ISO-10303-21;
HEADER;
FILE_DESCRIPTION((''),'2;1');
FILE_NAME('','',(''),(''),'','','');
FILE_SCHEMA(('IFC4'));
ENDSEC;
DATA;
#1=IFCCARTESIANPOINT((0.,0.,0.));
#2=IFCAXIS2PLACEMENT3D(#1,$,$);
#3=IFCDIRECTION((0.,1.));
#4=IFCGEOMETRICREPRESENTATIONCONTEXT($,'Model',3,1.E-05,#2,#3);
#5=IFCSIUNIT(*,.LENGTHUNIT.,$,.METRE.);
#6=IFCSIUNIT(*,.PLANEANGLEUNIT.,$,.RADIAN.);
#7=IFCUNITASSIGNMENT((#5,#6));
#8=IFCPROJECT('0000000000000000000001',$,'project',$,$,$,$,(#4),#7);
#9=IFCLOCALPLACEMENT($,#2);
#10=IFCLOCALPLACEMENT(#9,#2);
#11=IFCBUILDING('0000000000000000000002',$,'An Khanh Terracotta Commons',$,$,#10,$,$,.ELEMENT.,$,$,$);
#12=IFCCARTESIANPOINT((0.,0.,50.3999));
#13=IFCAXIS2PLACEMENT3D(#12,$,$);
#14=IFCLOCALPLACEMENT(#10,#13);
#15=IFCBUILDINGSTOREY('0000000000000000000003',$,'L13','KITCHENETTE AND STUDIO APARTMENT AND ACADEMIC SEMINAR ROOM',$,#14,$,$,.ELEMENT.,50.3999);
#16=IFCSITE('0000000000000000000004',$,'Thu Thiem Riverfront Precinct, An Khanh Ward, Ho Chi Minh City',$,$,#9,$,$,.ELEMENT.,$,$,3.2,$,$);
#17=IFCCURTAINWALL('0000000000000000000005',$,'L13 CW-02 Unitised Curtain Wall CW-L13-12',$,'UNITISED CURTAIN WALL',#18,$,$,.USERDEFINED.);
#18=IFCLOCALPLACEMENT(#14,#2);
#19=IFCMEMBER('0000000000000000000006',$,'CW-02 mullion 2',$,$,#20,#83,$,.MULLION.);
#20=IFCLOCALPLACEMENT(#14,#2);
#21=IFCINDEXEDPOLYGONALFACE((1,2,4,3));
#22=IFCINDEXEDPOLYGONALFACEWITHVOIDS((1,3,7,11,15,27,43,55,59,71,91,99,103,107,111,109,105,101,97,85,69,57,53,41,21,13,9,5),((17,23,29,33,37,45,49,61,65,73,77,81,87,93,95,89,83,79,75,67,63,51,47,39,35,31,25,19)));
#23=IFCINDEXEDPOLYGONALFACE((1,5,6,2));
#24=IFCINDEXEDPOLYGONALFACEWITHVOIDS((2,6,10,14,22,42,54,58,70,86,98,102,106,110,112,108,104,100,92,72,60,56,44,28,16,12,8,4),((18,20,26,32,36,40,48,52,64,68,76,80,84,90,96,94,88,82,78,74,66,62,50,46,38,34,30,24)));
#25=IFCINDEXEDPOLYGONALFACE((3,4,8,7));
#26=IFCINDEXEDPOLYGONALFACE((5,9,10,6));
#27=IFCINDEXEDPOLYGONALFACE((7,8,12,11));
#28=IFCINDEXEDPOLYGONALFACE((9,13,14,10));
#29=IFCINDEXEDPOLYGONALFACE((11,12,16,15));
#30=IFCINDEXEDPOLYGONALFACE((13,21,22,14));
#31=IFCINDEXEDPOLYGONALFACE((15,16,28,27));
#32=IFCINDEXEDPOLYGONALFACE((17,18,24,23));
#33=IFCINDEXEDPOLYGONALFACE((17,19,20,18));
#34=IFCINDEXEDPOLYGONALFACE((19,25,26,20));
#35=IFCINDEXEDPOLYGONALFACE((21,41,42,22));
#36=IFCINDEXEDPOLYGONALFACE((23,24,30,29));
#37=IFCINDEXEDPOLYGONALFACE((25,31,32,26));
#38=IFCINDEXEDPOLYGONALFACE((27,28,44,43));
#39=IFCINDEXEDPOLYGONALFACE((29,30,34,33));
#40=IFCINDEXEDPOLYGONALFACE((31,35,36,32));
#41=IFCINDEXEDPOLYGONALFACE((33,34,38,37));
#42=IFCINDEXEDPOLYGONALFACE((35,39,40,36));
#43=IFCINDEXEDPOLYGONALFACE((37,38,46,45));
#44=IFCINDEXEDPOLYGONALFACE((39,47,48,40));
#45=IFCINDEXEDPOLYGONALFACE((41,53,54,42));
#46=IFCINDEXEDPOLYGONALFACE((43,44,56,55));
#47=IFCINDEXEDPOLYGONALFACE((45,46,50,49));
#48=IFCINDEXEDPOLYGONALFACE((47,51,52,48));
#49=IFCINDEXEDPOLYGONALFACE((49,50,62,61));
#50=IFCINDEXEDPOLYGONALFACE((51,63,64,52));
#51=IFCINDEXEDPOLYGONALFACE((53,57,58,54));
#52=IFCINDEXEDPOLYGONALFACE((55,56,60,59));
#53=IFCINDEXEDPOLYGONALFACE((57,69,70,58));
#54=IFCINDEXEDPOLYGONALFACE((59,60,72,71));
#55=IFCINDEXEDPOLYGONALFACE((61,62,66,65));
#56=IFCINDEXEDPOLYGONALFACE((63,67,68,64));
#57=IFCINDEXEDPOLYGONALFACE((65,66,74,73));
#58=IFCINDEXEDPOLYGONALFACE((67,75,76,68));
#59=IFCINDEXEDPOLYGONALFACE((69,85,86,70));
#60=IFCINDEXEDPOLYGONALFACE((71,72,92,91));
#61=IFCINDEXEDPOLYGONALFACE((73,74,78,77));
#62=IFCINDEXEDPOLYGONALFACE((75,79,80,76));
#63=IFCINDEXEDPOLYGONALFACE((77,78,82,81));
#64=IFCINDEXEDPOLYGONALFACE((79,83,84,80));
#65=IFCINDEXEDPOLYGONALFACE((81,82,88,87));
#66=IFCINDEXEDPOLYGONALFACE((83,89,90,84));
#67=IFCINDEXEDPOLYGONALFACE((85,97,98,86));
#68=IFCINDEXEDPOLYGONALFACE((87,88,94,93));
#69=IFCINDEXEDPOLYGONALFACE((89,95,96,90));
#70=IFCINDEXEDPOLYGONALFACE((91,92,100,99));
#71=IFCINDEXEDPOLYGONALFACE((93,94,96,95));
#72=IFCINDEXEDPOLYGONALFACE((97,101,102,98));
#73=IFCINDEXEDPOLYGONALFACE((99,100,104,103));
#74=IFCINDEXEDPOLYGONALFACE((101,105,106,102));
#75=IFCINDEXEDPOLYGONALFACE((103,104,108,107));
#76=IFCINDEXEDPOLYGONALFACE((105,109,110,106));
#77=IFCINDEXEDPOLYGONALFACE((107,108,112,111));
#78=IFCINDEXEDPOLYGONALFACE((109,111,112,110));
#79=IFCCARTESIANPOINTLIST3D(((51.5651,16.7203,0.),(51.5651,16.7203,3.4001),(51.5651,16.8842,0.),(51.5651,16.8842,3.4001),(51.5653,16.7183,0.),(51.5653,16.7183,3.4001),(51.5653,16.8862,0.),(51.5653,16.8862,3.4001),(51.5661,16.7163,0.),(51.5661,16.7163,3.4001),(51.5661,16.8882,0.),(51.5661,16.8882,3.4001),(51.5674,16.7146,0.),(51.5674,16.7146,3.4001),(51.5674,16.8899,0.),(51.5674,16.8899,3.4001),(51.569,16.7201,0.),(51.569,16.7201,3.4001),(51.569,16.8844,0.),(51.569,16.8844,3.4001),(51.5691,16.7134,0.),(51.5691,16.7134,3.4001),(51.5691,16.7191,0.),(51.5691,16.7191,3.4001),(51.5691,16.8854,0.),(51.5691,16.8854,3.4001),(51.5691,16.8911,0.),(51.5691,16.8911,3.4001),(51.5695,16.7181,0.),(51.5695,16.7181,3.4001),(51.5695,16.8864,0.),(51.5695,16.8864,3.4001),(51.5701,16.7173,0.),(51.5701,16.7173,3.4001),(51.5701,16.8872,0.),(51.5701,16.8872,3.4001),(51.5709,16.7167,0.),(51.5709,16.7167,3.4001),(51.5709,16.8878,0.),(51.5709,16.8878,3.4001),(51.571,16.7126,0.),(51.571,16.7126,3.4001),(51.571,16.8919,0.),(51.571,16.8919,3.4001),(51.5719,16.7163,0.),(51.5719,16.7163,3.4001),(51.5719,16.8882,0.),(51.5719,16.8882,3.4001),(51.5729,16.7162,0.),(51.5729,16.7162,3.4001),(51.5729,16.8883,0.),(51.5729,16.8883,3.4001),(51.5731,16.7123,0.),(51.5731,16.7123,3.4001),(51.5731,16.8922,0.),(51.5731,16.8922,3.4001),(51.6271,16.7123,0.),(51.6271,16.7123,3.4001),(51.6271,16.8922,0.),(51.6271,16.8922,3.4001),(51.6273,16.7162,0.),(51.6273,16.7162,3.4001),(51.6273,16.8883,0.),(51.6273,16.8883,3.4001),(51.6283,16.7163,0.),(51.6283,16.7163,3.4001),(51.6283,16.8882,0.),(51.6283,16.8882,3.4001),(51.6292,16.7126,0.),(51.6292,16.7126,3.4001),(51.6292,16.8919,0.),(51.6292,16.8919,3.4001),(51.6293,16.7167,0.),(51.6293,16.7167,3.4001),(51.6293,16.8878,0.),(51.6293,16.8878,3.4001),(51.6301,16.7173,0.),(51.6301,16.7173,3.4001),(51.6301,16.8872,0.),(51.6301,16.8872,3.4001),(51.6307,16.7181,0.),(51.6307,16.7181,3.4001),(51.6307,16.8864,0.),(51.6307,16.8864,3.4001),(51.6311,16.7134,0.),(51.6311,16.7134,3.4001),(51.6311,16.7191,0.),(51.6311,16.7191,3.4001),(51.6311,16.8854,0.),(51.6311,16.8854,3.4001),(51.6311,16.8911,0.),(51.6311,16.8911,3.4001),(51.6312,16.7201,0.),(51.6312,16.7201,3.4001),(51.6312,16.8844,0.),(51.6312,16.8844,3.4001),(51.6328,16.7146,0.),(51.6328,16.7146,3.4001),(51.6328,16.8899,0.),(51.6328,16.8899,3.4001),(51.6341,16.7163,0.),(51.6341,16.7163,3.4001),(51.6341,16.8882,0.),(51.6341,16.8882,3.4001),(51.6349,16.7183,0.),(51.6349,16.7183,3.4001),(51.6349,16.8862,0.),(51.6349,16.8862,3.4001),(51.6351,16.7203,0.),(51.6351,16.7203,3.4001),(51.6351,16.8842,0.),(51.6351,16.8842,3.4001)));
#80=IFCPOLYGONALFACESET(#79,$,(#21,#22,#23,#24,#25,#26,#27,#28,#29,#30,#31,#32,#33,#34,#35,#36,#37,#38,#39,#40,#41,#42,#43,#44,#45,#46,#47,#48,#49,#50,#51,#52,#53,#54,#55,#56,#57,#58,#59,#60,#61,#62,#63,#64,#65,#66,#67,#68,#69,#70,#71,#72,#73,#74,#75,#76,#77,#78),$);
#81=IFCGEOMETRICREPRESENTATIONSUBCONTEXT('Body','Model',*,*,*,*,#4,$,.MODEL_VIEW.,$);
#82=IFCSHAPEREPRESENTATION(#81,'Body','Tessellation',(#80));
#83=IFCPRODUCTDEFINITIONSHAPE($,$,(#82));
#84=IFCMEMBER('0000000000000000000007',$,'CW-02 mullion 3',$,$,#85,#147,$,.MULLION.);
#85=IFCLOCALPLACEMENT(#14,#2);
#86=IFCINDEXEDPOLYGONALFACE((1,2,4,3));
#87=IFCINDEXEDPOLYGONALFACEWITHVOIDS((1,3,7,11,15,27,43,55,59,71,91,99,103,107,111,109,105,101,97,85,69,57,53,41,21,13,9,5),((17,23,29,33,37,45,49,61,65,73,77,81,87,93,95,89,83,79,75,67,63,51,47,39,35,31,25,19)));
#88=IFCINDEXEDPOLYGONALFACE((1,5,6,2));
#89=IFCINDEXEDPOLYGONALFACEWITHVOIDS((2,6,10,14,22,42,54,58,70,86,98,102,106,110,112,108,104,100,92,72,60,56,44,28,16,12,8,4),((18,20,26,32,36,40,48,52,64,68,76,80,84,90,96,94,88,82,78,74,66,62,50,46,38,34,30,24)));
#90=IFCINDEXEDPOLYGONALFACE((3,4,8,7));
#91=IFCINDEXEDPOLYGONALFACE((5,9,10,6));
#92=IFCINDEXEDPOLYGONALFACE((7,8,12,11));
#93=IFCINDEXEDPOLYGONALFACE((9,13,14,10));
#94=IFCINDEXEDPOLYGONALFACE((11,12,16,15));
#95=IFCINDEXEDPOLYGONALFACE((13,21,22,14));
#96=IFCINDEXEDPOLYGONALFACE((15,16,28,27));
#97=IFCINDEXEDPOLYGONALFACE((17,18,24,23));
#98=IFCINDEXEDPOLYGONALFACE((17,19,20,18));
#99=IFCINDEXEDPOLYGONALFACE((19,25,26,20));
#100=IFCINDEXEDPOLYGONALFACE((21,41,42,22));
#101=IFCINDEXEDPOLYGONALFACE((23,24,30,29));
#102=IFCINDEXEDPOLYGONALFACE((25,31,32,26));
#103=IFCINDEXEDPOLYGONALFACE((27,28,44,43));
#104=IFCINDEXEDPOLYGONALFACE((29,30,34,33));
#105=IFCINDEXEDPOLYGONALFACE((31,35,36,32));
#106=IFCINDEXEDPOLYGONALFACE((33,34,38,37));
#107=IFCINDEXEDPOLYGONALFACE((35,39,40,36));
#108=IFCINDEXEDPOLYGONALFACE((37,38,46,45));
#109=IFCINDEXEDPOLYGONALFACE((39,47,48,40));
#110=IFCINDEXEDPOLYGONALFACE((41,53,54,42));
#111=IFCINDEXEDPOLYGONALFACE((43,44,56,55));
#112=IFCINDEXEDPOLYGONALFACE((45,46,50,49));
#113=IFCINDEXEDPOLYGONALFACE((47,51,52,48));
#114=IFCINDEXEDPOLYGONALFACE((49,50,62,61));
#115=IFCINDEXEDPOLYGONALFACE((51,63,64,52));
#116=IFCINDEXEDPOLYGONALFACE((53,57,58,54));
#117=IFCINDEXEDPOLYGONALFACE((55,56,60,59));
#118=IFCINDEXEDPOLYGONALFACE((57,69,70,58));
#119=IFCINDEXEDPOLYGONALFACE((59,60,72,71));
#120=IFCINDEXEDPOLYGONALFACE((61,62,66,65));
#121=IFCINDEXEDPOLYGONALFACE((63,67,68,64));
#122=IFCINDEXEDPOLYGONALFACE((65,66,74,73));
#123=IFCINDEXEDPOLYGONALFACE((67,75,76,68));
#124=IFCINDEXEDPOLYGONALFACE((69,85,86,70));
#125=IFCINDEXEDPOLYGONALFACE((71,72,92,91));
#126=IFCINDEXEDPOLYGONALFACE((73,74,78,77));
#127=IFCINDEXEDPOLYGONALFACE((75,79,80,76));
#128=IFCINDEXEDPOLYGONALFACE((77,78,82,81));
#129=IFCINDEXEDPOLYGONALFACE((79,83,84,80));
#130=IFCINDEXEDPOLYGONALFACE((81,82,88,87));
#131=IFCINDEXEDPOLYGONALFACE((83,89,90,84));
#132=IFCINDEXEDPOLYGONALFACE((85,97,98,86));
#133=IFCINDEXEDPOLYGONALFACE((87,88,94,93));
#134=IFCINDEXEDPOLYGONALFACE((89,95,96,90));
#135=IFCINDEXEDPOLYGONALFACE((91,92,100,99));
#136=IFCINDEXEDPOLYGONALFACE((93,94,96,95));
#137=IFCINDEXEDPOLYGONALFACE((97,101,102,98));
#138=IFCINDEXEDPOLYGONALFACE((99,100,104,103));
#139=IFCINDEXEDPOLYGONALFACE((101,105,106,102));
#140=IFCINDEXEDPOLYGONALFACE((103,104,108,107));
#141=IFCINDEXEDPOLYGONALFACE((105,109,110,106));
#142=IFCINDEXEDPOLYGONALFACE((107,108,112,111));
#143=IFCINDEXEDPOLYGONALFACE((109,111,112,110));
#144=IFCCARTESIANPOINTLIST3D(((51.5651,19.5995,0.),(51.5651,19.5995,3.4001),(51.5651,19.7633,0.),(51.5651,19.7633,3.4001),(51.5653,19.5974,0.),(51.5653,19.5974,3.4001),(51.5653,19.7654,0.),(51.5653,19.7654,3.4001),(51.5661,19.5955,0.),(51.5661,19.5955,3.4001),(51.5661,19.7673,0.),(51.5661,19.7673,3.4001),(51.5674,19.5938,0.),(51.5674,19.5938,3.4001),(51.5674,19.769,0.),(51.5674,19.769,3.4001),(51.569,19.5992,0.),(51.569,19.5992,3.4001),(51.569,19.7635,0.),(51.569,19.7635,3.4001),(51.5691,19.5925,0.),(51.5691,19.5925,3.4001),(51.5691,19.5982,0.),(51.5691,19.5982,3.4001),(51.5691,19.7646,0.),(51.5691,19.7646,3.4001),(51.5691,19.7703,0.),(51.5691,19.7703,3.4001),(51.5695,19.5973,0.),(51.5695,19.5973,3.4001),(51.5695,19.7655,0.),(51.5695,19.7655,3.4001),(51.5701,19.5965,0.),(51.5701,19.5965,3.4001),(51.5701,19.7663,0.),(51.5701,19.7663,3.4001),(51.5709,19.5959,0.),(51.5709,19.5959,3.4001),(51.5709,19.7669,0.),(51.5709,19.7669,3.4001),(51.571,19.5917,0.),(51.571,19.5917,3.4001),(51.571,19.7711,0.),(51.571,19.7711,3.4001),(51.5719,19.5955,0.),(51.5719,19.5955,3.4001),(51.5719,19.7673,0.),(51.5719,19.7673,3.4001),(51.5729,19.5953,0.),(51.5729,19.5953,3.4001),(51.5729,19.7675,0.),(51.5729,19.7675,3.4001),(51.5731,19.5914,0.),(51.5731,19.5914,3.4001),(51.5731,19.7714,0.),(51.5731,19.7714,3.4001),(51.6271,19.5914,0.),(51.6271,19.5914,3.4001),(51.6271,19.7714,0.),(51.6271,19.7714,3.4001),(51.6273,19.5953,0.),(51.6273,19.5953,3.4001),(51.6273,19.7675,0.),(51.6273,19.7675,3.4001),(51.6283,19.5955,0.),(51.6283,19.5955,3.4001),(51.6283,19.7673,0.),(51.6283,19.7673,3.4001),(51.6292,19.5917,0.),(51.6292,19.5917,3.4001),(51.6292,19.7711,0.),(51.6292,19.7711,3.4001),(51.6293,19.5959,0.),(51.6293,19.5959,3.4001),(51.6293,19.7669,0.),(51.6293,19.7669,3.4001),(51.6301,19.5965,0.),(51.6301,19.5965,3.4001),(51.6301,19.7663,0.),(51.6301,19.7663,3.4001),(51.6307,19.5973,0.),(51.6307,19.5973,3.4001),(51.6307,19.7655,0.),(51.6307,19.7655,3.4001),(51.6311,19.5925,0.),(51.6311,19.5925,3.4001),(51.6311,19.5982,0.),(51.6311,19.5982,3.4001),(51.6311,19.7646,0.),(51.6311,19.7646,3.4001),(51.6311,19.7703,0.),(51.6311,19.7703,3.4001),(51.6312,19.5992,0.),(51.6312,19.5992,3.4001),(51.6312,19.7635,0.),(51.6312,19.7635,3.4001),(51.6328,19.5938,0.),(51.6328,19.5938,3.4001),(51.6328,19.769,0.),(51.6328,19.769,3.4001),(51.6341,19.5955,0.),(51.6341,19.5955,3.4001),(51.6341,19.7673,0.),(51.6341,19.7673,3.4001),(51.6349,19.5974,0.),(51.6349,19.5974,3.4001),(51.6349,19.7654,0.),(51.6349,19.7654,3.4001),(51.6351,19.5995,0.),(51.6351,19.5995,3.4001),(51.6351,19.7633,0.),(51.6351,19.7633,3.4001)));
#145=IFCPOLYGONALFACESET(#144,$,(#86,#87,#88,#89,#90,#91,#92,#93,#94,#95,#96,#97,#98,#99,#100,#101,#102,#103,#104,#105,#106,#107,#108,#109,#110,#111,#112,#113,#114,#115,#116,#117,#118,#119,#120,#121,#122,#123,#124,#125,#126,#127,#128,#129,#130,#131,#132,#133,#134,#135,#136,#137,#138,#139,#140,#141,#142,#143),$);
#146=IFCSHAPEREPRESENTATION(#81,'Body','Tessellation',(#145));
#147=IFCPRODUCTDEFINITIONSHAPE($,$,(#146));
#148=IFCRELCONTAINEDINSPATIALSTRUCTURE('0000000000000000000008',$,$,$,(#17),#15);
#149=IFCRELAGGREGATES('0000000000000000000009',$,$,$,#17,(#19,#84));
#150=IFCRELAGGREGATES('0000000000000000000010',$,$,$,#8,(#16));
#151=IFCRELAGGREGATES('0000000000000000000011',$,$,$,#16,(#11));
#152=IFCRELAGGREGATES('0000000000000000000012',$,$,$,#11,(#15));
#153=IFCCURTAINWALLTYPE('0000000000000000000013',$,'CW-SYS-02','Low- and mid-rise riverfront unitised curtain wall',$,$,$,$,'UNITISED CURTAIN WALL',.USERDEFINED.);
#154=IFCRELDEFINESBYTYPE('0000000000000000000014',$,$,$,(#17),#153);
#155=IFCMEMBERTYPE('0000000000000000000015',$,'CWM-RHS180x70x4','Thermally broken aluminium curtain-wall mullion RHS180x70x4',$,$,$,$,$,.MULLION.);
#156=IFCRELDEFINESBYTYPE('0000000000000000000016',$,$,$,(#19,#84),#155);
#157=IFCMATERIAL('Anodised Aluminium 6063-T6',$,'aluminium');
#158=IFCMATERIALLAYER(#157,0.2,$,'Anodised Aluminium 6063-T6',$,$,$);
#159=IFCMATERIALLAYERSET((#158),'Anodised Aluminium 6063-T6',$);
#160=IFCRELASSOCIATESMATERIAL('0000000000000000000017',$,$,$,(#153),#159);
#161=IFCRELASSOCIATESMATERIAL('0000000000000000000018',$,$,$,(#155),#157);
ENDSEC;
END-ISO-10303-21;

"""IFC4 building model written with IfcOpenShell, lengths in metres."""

from ifc_helpers import new_model, si_unit, direction, frame, origin, origin_2d, place, context, subcontext, project, spatial, hollow_rectangle, extrude, material, layer, layer_set, material_profile, profile_set, type_object, element, aggregate, save


model = new_model("IFC4")

# Units and contexts
model_context = context("Model", 3, precision=1e-05, world=origin(), true_north=direction((0.0, 1.0)))
body_context = subcontext(model_context, "Body", "Model", "MODEL_VIEW")
ifc_project = project(units=[si_unit("LENGTHUNIT", "METRE"), si_unit("PLANEANGLEUNIT", "RADIAN")], contexts=[model_context])

# Site, building, storey
site_placement = place(None, origin())
site = spatial("IfcSite", under=ifc_project, at=site_placement, Name="Thu Thiem Riverfront Precinct, An Khanh Ward, Ho Chi Minh City", CompositionType="ELEMENT", RefElevation=3.2)
building_placement = place(site_placement, origin())
building = spatial("IfcBuilding", under=site, at=building_placement, Name="An Khanh Terracotta Commons", CompositionType="ELEMENT")
storey_placement = place(building_placement, frame((0.0, 0.0, 50.3999)))
storey = spatial("IfcBuildingStorey", under=building, at=storey_placement, Name="L13", Description="KITCHENETTE AND STUDIO APARTMENT AND ACADEMIC SEMINAR ROOM", CompositionType="ELEMENT", Elevation=50.3999)

# Curtain wall, members
ifc_material_1 = material(Name="Anodised Aluminium 6063-T6", Category="aluminium")
ifc_layer_1 = layer(ifc_material_1, 0.2, Name="Anodised Aluminium 6063-T6")
ifc_layer_set_1 = layer_set([ifc_layer_1], Name="Anodised Aluminium 6063-T6")
curtain_wall_type = type_object("IfcCurtainWallType", Name="CW-SYS-02", Description="Low- and mid-rise riverfront unitised curtain wall", ElementType="UNITISED CURTAIN WALL", PredefinedType="USERDEFINED", material=ifc_layer_set_1)
curtain_wall_placement = place(storey_placement, origin())
curtain_wall = element("IfcCurtainWall", 1, at=curtain_wall_placement, inside=storey, type_object=curtain_wall_type, Name="L13 CW-02 Unitised Curtain Wall CW-L13-12", ObjectType="UNITISED CURTAIN WALL", PredefinedType="USERDEFINED")
ifc_material_profile_1 = material_profile(ifc_material_1, hollow_rectangle(XDim=0.0701, YDim=0.1799, WallThickness=0.0039, InnerFilletRadius=0.0039, OuterFilletRadius=0.0081, at=origin_2d()), Name="RHS180x70x4")
ifc_profile_set_1 = profile_set([ifc_material_profile_1], Name="Anodised Aluminium 6063-T6")
member_type_1 = type_object("IfcMemberType", Name="CWM-RHS180x70x4", Description="Thermally broken aluminium curtain-wall mullion RHS180x70x4", PredefinedType="MULLION", material=ifc_profile_set_1)
member_1_placement = place(storey_placement, frame((51.6001, 16.8022, 0.0), z_axis=(0.0, 0.0, 1.0), x_axis=(-1.0, 0.0, 0.0)))
member_1 = element("IfcMember", 2, at=member_1_placement, type_object=member_type_1, Name="CW-02 mullion 2", PredefinedType="MULLION", context=body_context, shape_type="SweptSolid", body=[
    extrude(hollow_rectangle(XDim=0.0701, YDim=0.1799, WallThickness=0.0039, InnerFilletRadius=0.0039, OuterFilletRadius=0.0081, at=origin_2d()), origin(), (0.0, 0.0, 1.0), 3.4001),
])
member_2_placement = place(storey_placement, frame((51.6001, 19.6814, 0.0), z_axis=(0.0, 0.0, 1.0), x_axis=(-1.0, 0.0, 0.0)))
member_2 = element("IfcMember", 3, at=member_2_placement, type_object=member_type_1, Name="CW-02 mullion 3", PredefinedType="MULLION", context=body_context, shape_type="SweptSolid", body=[
    extrude(hollow_rectangle(XDim=0.0701, YDim=0.1799, WallThickness=0.0039, InnerFilletRadius=0.0039, OuterFilletRadius=0.0081, at=origin_2d()), origin(), (0.0, 0.0, 1.0), 3.4001),
])
aggregate(curtain_wall, [member_1, member_2])

save(model, "model.ifc")
